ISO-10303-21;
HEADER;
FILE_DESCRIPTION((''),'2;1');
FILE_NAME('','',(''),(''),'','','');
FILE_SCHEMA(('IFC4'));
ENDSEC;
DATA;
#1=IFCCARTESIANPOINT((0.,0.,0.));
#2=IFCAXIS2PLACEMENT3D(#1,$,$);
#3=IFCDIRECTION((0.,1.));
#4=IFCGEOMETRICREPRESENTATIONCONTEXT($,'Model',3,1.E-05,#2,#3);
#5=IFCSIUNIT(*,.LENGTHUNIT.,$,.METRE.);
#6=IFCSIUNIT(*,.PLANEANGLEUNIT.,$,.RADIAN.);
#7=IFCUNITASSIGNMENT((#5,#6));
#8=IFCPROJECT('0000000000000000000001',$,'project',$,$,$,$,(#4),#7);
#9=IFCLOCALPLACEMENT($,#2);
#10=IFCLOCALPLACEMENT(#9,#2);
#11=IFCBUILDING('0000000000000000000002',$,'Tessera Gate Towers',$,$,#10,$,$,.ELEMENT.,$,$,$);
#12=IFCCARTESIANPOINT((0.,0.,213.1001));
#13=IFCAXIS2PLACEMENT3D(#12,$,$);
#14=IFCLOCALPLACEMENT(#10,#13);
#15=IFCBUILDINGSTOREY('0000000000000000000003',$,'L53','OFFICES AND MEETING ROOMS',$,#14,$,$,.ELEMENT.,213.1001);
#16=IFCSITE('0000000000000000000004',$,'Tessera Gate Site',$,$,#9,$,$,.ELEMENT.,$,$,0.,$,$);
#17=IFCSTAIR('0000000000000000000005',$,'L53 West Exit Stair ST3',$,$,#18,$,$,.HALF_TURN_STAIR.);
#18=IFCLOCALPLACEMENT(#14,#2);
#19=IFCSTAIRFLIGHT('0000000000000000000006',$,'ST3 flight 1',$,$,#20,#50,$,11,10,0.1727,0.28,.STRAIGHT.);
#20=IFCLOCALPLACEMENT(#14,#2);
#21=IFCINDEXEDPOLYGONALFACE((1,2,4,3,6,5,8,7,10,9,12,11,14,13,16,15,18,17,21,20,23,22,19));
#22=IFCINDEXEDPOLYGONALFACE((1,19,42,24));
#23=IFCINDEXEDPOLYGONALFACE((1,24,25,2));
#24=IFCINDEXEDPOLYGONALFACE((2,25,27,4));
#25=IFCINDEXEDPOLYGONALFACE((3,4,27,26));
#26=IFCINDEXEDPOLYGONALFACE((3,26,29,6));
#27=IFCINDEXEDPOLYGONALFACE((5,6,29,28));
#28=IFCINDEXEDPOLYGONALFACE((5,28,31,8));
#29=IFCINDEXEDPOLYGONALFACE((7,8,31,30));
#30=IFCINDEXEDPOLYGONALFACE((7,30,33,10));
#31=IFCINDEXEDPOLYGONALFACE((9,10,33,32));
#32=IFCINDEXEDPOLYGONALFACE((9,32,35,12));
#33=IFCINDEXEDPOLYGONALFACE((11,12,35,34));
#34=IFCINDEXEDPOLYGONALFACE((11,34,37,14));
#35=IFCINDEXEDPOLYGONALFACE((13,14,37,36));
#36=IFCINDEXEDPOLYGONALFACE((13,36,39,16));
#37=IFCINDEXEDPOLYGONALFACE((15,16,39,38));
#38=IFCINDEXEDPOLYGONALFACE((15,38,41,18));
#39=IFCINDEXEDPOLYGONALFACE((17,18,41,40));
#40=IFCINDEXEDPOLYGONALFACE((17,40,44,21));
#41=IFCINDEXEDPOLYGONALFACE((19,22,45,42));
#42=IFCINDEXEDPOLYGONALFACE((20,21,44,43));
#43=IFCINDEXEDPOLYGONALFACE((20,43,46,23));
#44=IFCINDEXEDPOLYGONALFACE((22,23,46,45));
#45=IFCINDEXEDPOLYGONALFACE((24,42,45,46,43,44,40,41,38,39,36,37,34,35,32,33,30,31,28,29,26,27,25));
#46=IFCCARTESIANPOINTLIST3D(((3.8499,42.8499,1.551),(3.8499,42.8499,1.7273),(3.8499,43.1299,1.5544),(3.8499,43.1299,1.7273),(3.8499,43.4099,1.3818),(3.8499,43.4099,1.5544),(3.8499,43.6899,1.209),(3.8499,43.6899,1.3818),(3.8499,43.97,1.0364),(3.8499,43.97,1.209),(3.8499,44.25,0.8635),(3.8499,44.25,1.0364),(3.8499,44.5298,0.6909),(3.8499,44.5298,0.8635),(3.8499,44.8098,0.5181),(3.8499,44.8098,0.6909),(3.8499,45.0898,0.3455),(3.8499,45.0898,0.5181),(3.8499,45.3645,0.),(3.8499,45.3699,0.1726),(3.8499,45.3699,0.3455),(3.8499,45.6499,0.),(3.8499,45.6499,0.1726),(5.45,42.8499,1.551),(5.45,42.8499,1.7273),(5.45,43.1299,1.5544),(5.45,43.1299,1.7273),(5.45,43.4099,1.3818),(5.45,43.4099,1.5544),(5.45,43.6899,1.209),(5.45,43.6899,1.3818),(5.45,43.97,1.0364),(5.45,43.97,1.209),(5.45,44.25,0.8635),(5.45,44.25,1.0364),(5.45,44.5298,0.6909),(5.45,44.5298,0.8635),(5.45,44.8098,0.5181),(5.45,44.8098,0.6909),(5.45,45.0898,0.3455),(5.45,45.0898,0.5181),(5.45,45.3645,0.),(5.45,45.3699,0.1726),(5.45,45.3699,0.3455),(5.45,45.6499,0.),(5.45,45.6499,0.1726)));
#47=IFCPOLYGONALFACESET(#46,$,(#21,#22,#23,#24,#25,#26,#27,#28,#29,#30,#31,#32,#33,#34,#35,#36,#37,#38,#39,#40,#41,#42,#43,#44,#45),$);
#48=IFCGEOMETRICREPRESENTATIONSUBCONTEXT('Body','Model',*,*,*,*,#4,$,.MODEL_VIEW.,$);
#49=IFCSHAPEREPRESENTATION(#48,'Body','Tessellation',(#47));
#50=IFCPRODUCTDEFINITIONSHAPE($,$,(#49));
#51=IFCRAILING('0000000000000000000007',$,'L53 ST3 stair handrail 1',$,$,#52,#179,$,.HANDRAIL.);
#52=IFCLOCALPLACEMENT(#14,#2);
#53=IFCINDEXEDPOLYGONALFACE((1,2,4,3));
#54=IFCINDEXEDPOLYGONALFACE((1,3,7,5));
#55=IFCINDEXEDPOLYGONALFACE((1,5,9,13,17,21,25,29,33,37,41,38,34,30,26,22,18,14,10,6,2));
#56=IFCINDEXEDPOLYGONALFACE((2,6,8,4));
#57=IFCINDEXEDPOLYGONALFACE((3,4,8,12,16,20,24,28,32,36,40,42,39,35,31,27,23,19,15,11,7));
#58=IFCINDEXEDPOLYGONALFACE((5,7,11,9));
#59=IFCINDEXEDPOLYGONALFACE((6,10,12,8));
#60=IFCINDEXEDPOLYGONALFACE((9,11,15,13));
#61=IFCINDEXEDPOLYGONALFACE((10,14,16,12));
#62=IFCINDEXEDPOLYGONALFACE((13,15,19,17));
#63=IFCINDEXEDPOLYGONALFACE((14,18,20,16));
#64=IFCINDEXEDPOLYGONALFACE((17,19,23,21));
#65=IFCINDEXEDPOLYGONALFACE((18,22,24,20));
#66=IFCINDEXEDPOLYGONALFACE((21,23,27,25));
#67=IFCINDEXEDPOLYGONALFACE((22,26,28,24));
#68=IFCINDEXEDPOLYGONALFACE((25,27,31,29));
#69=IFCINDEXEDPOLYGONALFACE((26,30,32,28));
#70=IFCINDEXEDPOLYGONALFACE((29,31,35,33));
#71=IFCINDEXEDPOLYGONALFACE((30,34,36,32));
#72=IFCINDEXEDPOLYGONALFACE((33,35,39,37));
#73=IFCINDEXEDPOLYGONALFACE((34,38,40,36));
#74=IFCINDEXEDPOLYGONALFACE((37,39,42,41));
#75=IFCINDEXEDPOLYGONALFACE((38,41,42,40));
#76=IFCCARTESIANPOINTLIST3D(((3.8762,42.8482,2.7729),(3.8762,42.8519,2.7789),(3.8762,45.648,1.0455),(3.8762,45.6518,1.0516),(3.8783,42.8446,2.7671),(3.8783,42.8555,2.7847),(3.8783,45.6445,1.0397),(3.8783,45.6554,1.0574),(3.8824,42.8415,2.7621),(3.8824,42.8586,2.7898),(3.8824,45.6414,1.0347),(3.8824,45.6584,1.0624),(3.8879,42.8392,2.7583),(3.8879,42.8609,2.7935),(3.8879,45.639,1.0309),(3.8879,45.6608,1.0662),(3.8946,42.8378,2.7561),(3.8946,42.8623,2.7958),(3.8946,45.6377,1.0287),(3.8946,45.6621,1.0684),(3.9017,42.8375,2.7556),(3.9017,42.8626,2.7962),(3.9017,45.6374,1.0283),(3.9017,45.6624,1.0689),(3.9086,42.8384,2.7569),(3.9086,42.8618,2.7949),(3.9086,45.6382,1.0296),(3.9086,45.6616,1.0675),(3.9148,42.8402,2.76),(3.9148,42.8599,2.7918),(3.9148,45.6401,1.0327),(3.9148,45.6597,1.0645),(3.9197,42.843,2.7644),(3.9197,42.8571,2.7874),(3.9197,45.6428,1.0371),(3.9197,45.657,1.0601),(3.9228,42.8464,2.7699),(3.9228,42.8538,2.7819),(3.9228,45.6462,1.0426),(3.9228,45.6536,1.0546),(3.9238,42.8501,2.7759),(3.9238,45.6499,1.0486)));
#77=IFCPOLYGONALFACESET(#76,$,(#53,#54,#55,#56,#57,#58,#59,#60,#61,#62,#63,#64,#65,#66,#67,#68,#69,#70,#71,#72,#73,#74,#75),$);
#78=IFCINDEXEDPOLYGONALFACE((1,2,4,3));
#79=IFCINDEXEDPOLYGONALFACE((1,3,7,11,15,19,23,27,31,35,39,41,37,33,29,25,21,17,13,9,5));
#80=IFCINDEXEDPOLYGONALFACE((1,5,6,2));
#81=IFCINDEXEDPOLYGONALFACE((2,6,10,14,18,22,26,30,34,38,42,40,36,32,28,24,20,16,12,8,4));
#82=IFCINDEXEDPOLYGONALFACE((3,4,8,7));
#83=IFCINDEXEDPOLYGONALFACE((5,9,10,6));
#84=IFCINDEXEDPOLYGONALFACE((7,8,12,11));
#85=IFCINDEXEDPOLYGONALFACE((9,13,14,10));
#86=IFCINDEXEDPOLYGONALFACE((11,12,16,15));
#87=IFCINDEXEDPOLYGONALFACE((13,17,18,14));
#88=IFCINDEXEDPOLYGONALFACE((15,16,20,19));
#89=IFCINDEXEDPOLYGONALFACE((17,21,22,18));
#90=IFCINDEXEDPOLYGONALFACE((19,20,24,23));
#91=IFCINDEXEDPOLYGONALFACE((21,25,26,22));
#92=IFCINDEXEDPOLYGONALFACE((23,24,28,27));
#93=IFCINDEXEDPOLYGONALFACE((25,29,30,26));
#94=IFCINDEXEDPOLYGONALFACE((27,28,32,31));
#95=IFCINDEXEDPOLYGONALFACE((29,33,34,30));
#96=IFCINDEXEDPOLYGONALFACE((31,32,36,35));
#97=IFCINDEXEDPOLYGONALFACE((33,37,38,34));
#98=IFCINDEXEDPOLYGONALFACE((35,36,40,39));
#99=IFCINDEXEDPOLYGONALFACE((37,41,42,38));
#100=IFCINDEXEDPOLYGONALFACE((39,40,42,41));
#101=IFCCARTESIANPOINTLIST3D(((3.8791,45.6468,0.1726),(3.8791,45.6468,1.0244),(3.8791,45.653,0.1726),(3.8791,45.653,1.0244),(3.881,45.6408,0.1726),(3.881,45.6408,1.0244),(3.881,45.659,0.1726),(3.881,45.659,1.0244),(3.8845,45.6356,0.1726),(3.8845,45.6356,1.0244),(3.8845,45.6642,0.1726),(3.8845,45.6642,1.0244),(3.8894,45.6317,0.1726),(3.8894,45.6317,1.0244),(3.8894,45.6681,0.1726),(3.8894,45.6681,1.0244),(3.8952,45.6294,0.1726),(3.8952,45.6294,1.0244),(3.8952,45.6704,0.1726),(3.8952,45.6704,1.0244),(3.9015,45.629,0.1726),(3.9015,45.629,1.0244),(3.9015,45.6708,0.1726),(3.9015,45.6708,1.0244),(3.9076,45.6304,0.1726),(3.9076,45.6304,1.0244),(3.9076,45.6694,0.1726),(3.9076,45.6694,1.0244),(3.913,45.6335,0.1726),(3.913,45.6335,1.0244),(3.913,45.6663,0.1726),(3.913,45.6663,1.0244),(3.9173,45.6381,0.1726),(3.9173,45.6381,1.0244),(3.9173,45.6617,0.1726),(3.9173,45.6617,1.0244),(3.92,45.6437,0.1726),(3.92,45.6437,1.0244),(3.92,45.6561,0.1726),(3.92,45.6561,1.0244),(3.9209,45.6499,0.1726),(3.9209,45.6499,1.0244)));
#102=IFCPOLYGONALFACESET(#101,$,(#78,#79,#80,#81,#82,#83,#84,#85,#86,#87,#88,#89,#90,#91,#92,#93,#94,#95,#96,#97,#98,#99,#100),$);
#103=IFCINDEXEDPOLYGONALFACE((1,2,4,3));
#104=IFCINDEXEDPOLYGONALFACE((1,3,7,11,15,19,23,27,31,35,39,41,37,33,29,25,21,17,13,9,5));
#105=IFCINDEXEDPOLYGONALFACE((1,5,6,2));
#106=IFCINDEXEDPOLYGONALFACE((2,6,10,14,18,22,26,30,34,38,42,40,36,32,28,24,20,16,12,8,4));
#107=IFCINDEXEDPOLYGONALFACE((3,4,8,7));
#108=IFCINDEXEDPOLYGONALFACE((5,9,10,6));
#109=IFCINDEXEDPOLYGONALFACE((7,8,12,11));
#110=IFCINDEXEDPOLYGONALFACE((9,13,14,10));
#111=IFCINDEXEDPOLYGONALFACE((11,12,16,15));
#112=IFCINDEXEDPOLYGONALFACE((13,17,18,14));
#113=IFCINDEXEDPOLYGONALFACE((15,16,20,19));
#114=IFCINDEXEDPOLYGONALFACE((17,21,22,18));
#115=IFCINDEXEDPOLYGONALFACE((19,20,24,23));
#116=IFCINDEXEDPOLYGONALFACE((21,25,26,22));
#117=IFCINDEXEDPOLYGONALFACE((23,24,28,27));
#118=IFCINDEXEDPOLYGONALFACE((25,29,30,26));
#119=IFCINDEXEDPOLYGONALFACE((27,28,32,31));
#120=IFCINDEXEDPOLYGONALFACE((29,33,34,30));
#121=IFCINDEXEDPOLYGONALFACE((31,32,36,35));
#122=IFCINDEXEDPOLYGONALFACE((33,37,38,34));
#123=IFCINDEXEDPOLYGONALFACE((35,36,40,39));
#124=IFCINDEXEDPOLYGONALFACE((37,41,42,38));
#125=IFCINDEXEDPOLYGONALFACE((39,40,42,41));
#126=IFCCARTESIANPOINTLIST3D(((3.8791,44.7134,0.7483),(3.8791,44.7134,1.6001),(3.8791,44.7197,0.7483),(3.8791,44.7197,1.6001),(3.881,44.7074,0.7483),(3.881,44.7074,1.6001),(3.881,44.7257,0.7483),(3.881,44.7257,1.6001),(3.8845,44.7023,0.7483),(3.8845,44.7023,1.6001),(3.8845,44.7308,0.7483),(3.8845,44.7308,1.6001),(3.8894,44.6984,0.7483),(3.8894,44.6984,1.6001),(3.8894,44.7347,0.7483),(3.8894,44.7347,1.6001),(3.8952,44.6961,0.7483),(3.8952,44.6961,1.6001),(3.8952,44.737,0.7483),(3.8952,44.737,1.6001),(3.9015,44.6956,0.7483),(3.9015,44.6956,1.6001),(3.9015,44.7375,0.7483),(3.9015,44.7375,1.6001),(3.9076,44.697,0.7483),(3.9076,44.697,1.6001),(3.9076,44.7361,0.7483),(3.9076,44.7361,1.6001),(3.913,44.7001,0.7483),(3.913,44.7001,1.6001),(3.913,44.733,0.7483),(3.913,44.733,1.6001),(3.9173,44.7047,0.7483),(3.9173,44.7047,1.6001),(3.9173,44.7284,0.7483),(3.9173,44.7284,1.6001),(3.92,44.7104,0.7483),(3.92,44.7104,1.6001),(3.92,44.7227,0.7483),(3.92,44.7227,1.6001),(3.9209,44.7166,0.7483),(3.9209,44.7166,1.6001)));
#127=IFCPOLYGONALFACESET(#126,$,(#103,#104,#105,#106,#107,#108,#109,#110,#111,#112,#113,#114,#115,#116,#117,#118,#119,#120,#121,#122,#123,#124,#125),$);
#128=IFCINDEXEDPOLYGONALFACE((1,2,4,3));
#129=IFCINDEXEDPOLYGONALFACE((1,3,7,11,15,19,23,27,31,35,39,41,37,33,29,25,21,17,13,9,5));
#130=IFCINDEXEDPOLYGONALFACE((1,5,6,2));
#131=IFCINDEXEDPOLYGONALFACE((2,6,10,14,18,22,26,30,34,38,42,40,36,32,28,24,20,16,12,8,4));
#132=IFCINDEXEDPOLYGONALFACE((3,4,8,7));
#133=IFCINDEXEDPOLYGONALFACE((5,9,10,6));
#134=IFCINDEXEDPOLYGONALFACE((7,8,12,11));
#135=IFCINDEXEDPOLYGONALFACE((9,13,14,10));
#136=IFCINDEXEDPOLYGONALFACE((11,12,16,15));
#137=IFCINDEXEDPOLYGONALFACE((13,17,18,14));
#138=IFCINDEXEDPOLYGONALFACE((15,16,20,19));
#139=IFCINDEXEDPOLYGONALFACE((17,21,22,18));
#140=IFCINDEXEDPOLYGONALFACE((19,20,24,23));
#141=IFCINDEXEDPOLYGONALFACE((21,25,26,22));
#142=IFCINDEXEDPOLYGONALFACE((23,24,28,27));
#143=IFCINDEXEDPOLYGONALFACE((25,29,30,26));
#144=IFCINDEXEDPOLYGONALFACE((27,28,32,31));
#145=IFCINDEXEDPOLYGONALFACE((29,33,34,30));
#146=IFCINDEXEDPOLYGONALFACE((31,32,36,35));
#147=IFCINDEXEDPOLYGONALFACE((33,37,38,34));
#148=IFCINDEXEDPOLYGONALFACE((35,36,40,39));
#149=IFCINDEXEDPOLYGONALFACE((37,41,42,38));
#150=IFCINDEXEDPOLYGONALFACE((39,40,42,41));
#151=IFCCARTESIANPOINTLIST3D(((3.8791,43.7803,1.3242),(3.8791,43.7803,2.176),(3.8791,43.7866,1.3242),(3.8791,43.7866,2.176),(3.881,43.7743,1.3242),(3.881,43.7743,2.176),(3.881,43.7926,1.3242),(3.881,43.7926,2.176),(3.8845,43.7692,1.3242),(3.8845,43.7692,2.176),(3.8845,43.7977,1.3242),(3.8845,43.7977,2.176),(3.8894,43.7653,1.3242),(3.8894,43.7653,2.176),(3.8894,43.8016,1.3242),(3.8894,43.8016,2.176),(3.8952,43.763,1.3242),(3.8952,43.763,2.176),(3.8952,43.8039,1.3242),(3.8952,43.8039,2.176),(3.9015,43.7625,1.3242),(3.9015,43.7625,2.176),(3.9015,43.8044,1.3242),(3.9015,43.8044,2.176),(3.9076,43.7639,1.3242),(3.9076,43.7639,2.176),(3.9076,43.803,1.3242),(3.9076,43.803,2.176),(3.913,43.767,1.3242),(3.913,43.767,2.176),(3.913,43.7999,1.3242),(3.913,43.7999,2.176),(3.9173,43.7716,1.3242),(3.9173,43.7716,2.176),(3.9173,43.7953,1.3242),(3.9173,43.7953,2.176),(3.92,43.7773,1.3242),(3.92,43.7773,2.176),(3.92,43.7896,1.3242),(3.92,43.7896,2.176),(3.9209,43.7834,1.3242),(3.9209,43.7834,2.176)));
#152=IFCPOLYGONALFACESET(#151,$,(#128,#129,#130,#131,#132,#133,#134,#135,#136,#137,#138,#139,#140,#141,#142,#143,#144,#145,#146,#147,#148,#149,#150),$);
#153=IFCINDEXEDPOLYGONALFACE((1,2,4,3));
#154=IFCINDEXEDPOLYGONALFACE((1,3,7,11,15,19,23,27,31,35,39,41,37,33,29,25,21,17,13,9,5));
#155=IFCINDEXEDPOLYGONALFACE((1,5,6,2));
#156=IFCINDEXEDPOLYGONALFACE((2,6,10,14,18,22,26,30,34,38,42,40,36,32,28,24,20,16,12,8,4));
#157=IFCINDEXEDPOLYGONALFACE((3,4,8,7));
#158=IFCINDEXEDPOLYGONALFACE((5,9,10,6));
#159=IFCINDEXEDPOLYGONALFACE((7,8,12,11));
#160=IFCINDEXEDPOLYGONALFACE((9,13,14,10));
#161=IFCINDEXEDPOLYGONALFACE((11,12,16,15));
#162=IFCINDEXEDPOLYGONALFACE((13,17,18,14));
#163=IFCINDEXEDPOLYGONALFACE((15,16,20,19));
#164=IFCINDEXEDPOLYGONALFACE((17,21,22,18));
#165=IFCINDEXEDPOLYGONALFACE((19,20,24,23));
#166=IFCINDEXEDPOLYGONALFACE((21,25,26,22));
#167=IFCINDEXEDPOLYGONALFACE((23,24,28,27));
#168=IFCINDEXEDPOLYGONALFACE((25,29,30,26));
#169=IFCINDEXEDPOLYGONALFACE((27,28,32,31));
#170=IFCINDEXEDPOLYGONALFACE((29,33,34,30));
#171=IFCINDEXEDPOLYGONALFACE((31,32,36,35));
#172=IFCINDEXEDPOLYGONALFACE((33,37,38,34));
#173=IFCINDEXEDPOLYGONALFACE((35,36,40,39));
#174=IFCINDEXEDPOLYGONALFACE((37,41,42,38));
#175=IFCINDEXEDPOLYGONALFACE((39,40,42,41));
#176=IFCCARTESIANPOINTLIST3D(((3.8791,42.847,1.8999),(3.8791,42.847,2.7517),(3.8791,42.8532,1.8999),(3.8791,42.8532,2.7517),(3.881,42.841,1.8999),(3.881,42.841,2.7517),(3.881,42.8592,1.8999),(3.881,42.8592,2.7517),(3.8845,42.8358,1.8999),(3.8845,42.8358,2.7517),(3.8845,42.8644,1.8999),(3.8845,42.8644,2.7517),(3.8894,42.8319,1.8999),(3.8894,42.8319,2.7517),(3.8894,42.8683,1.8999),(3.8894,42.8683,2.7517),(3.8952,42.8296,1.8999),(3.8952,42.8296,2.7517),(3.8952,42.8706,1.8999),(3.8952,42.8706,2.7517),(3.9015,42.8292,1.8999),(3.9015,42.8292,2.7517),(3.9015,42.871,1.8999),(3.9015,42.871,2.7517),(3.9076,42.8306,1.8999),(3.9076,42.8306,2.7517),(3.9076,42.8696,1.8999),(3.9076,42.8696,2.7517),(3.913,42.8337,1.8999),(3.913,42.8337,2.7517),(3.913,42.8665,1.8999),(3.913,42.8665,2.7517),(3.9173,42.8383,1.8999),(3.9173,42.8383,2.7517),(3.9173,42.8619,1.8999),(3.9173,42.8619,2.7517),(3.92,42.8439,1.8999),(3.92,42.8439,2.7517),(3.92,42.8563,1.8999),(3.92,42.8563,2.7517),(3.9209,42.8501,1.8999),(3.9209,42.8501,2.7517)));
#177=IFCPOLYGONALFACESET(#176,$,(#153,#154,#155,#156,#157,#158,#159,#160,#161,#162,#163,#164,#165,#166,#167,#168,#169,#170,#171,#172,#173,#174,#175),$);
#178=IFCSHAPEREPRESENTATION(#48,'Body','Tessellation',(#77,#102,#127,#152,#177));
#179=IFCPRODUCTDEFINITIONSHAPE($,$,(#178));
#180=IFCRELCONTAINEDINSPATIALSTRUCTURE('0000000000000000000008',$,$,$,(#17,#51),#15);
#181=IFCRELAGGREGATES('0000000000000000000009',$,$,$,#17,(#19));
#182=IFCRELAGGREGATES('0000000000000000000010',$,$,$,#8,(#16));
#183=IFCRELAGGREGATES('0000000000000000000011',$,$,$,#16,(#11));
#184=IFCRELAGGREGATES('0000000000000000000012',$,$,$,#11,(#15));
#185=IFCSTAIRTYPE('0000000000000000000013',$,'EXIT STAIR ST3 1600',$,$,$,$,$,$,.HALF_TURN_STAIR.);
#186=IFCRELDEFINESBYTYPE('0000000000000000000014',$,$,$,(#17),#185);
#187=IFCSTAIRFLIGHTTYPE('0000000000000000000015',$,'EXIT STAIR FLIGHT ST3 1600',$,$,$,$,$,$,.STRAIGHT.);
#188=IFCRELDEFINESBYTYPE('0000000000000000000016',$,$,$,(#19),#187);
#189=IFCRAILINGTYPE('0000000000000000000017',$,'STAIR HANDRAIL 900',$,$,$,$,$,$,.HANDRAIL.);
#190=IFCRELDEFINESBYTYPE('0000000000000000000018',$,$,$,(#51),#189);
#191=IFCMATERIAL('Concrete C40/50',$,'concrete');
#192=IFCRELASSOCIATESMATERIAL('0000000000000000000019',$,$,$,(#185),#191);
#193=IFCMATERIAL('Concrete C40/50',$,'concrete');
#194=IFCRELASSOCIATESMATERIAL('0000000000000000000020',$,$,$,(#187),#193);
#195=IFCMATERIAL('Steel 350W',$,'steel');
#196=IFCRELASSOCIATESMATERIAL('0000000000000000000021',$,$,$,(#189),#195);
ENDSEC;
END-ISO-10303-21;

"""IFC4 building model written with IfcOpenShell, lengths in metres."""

from ifc_helpers import new_model, si_unit, direction, frame, origin, origin_2d, place, context, subcontext, project, spatial, polyline, circle, outline, extrude, material, type_object, element, aggregate, save


model = new_model("IFC4")

# Units and contexts
model_context = context("Model", 3, precision=1e-05, world=origin(), true_north=direction((0.0, 1.0)))
body_context = subcontext(model_context, "Body", "Model", "MODEL_VIEW")
ifc_project = project(units=[si_unit("LENGTHUNIT", "METRE"), si_unit("PLANEANGLEUNIT", "RADIAN")], contexts=[model_context])

# Site, building, storey
site_placement = place(None, origin())
site = spatial("IfcSite", under=ifc_project, at=site_placement, Name="Tessera Gate Site", CompositionType="ELEMENT", RefElevation=0.0)
building_placement = place(site_placement, origin())
building = spatial("IfcBuilding", under=site, at=building_placement, Name="Tessera Gate Towers", CompositionType="ELEMENT")
storey_placement = place(building_placement, frame((0.0, 0.0, 213.1001)))
storey = spatial("IfcBuildingStorey", under=building, at=storey_placement, Name="L53", Description="OFFICES AND MEETING ROOMS", CompositionType="ELEMENT", Elevation=213.1001)

# Stair, stair flight
ifc_material_1 = material(Name="Concrete C40/50", Category="concrete")
stair_type = type_object("IfcStairType", Name="EXIT STAIR ST3 1600", PredefinedType="HALF_TURN_STAIR", material=ifc_material_1)
stair_placement = place(storey_placement, origin())
stair = element("IfcStair", 1, at=stair_placement, inside=storey, type_object=stair_type, Name="L53 West Exit Stair ST3", PredefinedType="HALF_TURN_STAIR")
ifc_material_2 = material(Name="Concrete C40/50", Category="concrete")
stair_flight_type = type_object("IfcStairFlightType", Name="EXIT STAIR FLIGHT ST3 1600", PredefinedType="STRAIGHT", material=ifc_material_2)
stair_flight_placement = place(storey_placement, frame((4.6499, 45.6499, 0.0), z_axis=(0.0, 0.0, 1.0), x_axis=(0.0, -1.0, 0.0)))
stair_flight = element("IfcStairFlight", 2, at=stair_flight_placement, type_object=stair_flight_type, Name="ST3 flight 1", NumberOfRisers=11, NumberOfTreads=10, PredefinedType="STRAIGHT", RiserHeight=0.1727, TreadLength=0.28, context=body_context, shape_type="SweptSolid", body=[
    extrude(outline(polyline([(0.0, 0.0), (0.0, 0.1726), (0.28, 0.1726), (0.28, 0.3455), (0.5601, 0.3455), (0.5601, 0.5181), (0.8401, 0.5181), (0.8401, 0.6909), (1.1201, 0.6909), (1.1201, 0.8635), (1.3999, 0.8635), (1.3999, 1.0364), (1.6799, 1.0364), (1.6799, 1.209), (1.96, 1.209), (1.96, 1.3818), (2.24, 1.3818), (2.24, 1.5544), (2.52, 1.5544), (2.52, 1.7273), (2.8, 1.7273), (2.8, 1.8999), (2.8, 1.551), (0.2854, 0.0), (0.0, 0.0)])), frame((0.0, 0.8, 0.0), z_axis=(0.0, -1.0, 0.0), x_axis=(1.0, 0.0, 0.0)), (0.0, 0.0, 1.0), 1.6001),
])
aggregate(stair, [stair_flight])

# Railing
ifc_material_3 = material(Name="Steel 350W", Category="steel")
railing_type_1 = type_object("IfcRailingType", Name="STAIR HANDRAIL 900", PredefinedType="HANDRAIL", material=ifc_material_3)
railing_1_placement = place(storey_placement, frame((3.8999, 45.6499, 0.1726)))
element("IfcRailing", 3, at=railing_1_placement, inside=storey, type_object=railing_type_1, Name="L53 ST3 stair handrail 1", PredefinedType="HANDRAIL", context=body_context, shape_type="SweptSolid", body=[
    extrude(circle(Radius=0.0239, at=origin_2d()), frame((0.0, 0.0, 0.876), z_axis=(0.0, -0.851069, 0.525054), x_axis=(1.0, 0.0, 0.0)), (0.0, 0.0, 1.0), 3.2898),
    extrude(circle(Radius=0.021, at=origin_2d()), origin(), (0.0, 0.0, 1.0), 0.8518),
    extrude(circle(Radius=0.021, at=origin_2d()), frame((0.0, -0.9333, 0.5757)), (0.0, 0.0, 1.0), 0.8518),
    extrude(circle(Radius=0.021, at=origin_2d()), frame((0.0, -1.8665, 1.1516)), (0.0, 0.0, 1.0), 0.8518),
    extrude(circle(Radius=0.021, at=origin_2d()), frame((0.0, -2.7998, 1.7273)), (0.0, 0.0, 1.0), 0.8518),
])

save(model, "model.ifc")
